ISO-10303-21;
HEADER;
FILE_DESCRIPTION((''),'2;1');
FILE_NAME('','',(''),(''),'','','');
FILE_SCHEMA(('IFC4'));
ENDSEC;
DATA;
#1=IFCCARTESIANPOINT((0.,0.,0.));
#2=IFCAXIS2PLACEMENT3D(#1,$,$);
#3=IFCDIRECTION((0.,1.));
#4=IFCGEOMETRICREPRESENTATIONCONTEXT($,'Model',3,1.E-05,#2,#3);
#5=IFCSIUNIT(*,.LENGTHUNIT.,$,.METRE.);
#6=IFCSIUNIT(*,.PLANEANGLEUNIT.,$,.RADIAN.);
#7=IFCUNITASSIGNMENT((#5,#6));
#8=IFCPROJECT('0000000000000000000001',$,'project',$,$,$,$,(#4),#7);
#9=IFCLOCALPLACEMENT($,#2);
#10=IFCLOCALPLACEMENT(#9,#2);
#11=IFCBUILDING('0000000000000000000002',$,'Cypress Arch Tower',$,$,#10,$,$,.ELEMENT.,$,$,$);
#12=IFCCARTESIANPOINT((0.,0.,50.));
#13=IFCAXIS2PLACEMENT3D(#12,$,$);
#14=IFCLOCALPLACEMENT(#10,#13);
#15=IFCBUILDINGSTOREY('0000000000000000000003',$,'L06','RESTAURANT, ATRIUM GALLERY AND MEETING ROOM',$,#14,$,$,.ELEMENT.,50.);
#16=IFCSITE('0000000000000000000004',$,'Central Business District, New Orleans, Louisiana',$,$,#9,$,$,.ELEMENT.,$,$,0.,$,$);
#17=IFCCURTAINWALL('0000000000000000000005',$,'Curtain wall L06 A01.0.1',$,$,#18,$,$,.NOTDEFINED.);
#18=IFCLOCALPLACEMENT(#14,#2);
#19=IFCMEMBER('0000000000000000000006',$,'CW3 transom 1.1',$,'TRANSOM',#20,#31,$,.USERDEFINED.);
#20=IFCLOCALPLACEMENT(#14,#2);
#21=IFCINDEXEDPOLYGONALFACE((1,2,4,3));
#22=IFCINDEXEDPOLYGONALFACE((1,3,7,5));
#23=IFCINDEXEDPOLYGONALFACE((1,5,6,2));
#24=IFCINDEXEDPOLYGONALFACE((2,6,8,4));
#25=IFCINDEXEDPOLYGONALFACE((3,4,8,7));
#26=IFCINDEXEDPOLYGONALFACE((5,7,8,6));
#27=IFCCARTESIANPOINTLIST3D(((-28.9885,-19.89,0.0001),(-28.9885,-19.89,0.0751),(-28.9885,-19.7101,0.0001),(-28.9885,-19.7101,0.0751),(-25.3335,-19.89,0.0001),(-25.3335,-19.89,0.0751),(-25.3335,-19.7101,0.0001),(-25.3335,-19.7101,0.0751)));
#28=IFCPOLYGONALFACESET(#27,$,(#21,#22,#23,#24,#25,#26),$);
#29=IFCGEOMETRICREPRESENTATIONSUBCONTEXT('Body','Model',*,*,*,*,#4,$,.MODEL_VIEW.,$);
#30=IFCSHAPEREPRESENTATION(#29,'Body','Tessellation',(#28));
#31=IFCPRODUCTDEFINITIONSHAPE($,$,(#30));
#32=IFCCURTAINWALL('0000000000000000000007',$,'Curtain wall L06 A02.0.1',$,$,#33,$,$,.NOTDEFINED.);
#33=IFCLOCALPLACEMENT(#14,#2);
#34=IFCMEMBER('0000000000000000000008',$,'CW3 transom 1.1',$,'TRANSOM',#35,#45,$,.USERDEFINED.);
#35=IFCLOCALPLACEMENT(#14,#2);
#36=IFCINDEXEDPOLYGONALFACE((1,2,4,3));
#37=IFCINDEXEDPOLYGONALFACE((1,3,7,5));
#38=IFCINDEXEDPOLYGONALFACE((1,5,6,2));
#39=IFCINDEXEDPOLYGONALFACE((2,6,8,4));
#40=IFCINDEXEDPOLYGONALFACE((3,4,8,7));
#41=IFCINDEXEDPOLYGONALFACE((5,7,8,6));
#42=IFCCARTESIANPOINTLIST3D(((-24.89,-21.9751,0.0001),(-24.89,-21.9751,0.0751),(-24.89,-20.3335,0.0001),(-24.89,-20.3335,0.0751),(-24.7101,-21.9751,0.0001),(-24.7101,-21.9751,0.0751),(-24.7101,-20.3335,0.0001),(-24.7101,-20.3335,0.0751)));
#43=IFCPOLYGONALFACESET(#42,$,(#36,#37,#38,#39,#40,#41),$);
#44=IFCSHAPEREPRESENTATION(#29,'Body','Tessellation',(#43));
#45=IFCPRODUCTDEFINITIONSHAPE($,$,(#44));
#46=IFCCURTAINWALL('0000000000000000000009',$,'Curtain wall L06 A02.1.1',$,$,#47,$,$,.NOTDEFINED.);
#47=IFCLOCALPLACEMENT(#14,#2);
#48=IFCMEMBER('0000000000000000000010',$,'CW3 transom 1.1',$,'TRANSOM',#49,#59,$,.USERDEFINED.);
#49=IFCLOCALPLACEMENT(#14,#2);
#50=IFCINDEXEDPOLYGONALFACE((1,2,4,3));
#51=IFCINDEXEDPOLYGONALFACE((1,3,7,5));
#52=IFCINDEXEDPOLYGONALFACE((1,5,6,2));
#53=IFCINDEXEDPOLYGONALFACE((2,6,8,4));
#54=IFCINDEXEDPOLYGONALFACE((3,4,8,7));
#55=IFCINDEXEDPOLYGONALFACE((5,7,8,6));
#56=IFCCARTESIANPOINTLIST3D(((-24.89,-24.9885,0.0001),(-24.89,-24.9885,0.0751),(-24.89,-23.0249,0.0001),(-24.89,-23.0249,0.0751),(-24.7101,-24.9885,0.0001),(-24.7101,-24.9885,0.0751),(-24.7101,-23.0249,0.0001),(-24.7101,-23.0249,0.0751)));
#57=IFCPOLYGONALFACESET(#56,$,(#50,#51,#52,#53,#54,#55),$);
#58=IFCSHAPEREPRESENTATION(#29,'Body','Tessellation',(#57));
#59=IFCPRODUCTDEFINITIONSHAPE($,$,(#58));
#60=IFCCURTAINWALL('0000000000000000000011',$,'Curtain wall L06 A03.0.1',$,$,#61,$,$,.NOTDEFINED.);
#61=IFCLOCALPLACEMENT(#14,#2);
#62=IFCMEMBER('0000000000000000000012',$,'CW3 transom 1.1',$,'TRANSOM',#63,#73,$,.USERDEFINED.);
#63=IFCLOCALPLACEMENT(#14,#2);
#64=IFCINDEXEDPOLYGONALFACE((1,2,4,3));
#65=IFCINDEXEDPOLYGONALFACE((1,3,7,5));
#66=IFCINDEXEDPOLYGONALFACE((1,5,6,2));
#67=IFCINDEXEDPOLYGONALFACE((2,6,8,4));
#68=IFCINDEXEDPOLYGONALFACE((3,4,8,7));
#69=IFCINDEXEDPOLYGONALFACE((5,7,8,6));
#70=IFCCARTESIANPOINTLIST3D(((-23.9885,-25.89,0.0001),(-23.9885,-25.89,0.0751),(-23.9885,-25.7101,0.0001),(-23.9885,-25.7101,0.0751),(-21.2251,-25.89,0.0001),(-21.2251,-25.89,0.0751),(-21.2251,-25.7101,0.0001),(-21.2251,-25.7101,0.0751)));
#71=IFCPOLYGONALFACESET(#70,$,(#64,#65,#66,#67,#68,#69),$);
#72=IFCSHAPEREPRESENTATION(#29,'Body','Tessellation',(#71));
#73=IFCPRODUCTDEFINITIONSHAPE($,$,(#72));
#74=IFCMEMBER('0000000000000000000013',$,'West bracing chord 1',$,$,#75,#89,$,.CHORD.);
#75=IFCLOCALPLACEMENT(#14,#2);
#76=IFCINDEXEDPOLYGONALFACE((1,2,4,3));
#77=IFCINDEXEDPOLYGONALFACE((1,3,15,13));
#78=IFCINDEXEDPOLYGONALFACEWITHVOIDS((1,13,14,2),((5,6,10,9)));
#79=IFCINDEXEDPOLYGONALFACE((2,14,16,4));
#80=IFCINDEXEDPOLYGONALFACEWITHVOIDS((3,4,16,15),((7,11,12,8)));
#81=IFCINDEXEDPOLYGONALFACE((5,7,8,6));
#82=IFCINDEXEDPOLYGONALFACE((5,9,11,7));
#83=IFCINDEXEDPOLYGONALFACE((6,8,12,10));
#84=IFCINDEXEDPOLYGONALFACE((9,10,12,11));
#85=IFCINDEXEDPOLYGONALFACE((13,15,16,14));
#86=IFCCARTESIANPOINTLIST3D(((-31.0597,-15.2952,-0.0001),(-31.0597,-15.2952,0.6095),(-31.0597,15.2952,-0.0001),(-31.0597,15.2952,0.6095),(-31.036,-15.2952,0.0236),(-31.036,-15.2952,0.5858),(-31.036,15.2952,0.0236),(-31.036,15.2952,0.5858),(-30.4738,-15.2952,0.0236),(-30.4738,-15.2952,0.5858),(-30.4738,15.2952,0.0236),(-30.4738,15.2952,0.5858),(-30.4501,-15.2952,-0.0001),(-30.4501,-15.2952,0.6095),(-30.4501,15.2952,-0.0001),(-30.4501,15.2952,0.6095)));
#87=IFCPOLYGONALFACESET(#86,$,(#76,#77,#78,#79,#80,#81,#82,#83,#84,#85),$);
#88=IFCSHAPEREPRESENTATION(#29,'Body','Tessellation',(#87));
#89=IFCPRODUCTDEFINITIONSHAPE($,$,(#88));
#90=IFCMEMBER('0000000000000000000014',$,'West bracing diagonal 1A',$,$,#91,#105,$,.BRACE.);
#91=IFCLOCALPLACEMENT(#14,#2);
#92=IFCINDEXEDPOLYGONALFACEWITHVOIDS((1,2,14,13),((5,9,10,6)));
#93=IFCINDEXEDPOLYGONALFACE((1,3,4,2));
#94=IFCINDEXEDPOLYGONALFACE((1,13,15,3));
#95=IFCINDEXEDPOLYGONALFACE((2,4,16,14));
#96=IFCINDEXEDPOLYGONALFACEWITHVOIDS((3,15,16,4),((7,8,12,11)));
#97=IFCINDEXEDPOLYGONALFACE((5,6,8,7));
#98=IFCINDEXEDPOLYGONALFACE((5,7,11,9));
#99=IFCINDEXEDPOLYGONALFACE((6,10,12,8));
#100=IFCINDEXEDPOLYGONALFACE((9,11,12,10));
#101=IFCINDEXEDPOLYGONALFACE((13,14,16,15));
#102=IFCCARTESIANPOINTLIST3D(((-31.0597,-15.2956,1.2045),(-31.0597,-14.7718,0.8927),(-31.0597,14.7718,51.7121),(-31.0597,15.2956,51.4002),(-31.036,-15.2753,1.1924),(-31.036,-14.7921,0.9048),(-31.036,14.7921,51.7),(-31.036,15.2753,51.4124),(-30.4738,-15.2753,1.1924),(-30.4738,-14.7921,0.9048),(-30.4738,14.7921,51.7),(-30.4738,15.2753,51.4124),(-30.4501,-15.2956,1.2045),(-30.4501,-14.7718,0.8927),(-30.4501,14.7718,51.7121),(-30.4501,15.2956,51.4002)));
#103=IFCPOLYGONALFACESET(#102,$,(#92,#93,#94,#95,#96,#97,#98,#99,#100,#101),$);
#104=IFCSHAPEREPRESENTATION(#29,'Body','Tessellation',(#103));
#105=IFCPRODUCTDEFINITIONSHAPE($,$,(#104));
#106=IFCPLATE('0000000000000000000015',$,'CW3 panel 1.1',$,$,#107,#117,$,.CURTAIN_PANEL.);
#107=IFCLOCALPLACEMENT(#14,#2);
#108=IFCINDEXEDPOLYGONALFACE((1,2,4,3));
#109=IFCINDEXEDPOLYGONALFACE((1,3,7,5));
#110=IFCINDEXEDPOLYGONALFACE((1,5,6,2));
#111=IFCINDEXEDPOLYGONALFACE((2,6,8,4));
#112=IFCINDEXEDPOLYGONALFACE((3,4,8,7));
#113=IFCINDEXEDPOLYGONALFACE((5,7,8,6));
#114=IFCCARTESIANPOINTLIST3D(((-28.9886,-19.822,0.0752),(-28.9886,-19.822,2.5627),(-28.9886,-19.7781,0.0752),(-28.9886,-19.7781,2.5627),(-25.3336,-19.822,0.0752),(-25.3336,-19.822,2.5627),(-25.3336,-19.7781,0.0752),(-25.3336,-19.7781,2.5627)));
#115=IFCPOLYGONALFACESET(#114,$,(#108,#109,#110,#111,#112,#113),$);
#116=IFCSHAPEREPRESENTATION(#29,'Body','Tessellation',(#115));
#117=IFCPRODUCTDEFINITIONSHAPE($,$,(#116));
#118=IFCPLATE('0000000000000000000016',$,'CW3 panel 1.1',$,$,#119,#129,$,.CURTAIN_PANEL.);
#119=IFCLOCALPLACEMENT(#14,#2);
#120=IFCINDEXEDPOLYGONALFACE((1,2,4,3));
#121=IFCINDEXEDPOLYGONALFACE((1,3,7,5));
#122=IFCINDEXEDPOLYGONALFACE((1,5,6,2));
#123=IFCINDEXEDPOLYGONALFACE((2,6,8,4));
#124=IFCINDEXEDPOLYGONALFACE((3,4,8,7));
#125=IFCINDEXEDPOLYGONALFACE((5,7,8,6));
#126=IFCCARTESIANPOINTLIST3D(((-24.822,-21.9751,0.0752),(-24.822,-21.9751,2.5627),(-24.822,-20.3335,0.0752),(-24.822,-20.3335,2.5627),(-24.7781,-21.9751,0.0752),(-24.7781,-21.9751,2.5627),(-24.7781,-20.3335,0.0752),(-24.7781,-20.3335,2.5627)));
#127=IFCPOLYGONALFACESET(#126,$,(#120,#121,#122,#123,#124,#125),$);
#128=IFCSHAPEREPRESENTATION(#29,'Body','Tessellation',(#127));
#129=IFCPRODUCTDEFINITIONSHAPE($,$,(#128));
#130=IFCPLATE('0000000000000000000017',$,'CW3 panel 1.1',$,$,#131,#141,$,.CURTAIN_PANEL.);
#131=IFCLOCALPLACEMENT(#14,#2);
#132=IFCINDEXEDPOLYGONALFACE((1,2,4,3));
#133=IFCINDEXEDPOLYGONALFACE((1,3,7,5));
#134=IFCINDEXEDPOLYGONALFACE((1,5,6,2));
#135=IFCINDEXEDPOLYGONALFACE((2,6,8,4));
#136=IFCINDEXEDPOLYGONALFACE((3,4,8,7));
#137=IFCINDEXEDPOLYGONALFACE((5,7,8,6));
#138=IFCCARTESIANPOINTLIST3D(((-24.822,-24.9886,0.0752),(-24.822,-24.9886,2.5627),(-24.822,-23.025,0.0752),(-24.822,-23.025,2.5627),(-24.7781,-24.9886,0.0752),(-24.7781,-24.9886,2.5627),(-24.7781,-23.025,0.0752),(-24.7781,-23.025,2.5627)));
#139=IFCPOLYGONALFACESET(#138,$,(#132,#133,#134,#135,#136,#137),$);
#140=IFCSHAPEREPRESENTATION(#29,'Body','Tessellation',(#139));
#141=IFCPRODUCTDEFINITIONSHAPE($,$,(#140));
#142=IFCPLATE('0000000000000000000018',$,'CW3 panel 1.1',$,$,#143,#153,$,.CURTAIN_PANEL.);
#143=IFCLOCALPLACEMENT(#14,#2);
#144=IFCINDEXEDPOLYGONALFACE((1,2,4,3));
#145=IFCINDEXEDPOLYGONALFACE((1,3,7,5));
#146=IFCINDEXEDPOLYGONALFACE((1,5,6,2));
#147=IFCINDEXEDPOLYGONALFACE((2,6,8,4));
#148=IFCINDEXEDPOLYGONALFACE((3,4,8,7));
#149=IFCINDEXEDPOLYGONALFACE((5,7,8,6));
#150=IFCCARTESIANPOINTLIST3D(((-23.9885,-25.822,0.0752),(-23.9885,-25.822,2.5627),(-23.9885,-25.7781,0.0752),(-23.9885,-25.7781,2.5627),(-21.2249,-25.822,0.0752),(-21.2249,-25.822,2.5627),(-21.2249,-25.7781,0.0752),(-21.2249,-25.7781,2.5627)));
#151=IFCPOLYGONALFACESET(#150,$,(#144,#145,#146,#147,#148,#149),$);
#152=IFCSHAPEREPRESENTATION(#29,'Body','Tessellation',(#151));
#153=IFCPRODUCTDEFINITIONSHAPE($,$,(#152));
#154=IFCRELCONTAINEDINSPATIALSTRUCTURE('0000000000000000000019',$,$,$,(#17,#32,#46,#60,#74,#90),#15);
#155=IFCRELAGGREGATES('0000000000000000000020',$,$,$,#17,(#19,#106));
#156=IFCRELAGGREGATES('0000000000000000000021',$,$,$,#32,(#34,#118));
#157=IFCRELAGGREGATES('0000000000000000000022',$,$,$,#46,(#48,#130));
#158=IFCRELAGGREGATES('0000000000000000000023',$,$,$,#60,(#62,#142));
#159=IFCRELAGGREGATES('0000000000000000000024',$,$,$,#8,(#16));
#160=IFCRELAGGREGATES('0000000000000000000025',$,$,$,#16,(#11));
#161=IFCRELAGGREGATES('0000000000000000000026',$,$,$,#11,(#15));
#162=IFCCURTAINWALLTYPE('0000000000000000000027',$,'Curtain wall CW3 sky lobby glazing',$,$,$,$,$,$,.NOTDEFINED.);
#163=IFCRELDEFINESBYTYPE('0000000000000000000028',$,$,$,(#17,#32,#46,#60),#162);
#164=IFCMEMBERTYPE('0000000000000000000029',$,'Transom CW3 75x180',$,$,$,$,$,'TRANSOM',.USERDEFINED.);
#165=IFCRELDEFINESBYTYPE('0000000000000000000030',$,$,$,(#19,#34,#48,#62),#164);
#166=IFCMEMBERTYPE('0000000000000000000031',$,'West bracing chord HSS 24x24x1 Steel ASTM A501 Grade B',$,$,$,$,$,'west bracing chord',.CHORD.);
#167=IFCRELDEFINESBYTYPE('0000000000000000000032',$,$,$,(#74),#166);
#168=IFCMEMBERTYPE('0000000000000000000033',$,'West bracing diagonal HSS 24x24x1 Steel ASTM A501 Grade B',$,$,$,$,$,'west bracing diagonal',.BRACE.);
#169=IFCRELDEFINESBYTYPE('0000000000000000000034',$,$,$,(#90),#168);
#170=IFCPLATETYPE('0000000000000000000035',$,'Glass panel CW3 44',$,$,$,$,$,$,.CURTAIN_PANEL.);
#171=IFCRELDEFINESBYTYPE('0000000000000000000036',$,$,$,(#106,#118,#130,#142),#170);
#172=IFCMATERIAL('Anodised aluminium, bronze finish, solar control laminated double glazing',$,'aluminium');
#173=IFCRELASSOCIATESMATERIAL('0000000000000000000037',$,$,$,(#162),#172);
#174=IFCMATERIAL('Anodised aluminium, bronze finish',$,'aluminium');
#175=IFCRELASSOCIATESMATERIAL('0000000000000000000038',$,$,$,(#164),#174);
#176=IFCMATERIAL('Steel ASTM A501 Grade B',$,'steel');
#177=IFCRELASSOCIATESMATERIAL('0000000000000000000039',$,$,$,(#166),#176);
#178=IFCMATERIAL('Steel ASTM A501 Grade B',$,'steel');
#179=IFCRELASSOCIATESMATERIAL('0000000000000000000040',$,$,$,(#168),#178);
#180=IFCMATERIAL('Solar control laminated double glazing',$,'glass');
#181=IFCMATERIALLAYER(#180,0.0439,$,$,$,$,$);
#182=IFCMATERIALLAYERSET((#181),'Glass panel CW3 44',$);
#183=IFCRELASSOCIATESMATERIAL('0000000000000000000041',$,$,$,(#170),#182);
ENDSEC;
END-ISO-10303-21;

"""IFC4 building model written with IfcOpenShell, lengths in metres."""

from ifc_helpers import new_model, si_unit, direction, frame, origin, origin_2d, place, context, subcontext, project, spatial, rectangle, hollow_rectangle, extrude, material, layer, layer_set, material_profile, profile_set, type_object, element, aggregate, save


model = new_model("IFC4")

# Units and contexts
model_context = context("Model", 3, precision=1e-05, world=origin(), true_north=direction((0.0, 1.0)))
body_context = subcontext(model_context, "Body", "Model", "MODEL_VIEW")
ifc_project = project(units=[si_unit("LENGTHUNIT", "METRE"), si_unit("PLANEANGLEUNIT", "RADIAN")], contexts=[model_context])

# Site, building, storey
site_placement = place(None, origin())
site = spatial("IfcSite", under=ifc_project, at=site_placement, Name="Central Business District, New Orleans, Louisiana", CompositionType="ELEMENT", RefElevation=0.0)
building_placement = place(site_placement, origin())
building = spatial("IfcBuilding", under=site, at=building_placement, Name="Cypress Arch Tower", CompositionType="ELEMENT")
storey_placement = place(building_placement, frame((0.0, 0.0, 50.0)))
storey = spatial("IfcBuildingStorey", under=building, at=storey_placement, Name="L06", Description="RESTAURANT, ATRIUM GALLERY AND MEETING ROOM", CompositionType="ELEMENT", Elevation=50.0)

# Curtain walls, members
ifc_material_1 = material(Name="Anodised aluminium, bronze finish, solar control laminated double glazing", Category="aluminium")
curtain_wall_type = type_object("IfcCurtainWallType", Name="Curtain wall CW3 sky lobby glazing", PredefinedType="NOTDEFINED", material=ifc_material_1)
curtain_wall_1_placement = place(storey_placement, origin())
curtain_wall_1 = element("IfcCurtainWall", 1, at=curtain_wall_1_placement, inside=storey, type_object=curtain_wall_type, Name="Curtain wall L06 A01.0.1", PredefinedType="NOTDEFINED")
ifc_material_2 = material(Name="Anodised aluminium, bronze finish", Category="aluminium")
ifc_material_profile_1 = material_profile(ifc_material_2, rectangle(XDim=0.1799, YDim=0.075, at=origin_2d()), Name="Transom 75x180")
ifc_profile_set_1 = profile_set([ifc_material_profile_1], Name="Anodised aluminium, bronze finish")
member_type_1 = type_object("IfcMemberType", Name="Transom CW3 75x180", ElementType="TRANSOM", PredefinedType="USERDEFINED", material=ifc_profile_set_1)
member_1_placement = place(storey_placement, frame((-28.9885, -19.8, 0.0376), z_axis=(1.0, 0.0, 0.0), x_axis=(0.0, 1.0, 0.0)))
member_1 = element("IfcMember", 2, at=member_1_placement, type_object=member_type_1, Name="CW3 transom 1.1", ObjectType="TRANSOM", PredefinedType="USERDEFINED", context=body_context, shape_type="SweptSolid", body=[
    extrude(rectangle(XDim=0.1799, YDim=0.075, at=origin_2d()), origin(), (0.0, 0.0, 1.0), 3.655),
])
curtain_wall_2_placement = place(storey_placement, origin())
curtain_wall_2 = element("IfcCurtainWall", 3, at=curtain_wall_2_placement, inside=storey, type_object=curtain_wall_type, Name="Curtain wall L06 A02.0.1", PredefinedType="NOTDEFINED")
member_2_placement = place(storey_placement, frame((-24.8, -20.3335, 0.0376), z_axis=(0.0, -1.0, 0.0), x_axis=(1.0, 0.0, 0.0)))
member_2 = element("IfcMember", 4, at=member_2_placement, type_object=member_type_1, Name="CW3 transom 1.1", ObjectType="TRANSOM", PredefinedType="USERDEFINED", context=body_context, shape_type="SweptSolid", body=[
    extrude(rectangle(XDim=0.1799, YDim=0.075, at=origin_2d()), origin(), (0.0, 0.0, 1.0), 1.6416),
])
curtain_wall_3_placement = place(storey_placement, origin())
curtain_wall_3 = element("IfcCurtainWall", 5, at=curtain_wall_3_placement, inside=storey, type_object=curtain_wall_type, Name="Curtain wall L06 A02.1.1", PredefinedType="NOTDEFINED")
member_3_placement = place(storey_placement, frame((-24.8, -23.0249, 0.0376), z_axis=(0.0, -1.0, 0.0), x_axis=(1.0, 0.0, 0.0)))
member_3 = element("IfcMember", 6, at=member_3_placement, type_object=member_type_1, Name="CW3 transom 1.1", ObjectType="TRANSOM", PredefinedType="USERDEFINED", context=body_context, shape_type="SweptSolid", body=[
    extrude(rectangle(XDim=0.1799, YDim=0.075, at=origin_2d()), origin(), (0.0, 0.0, 1.0), 1.9636),
])
curtain_wall_4_placement = place(storey_placement, origin())
curtain_wall_4 = element("IfcCurtainWall", 7, at=curtain_wall_4_placement, inside=storey, type_object=curtain_wall_type, Name="Curtain wall L06 A03.0.1", PredefinedType="NOTDEFINED")
member_4_placement = place(storey_placement, frame((-23.9885, -25.8, 0.0376), z_axis=(1.0, 0.0, 0.0), x_axis=(0.0, 1.0, 0.0)))
member_4 = element("IfcMember", 8, at=member_4_placement, type_object=member_type_1, Name="CW3 transom 1.1", ObjectType="TRANSOM", PredefinedType="USERDEFINED", context=body_context, shape_type="SweptSolid", body=[
    extrude(rectangle(XDim=0.1799, YDim=0.075, at=origin_2d()), origin(), (0.0, 0.0, 1.0), 2.7634),
])

# Members
ifc_material_3 = material(Name="Steel ASTM A501 Grade B", Category="steel")
ifc_material_profile_2 = material_profile(ifc_material_3, hollow_rectangle(XDim=0.6096, YDim=0.6096, WallThickness=0.0237, at=origin_2d()), Name="HSS 24x24x1")
ifc_profile_set_2 = profile_set([ifc_material_profile_2], Name="Steel ASTM A501 Grade B")
member_type_2 = type_object("IfcMemberType", Name="West bracing chord HSS 24x24x1 Steel ASTM A501 Grade B", ElementType="west bracing chord", PredefinedType="CHORD", material=ifc_profile_set_2)
member_5_placement = place(storey_placement, frame((-30.7549, -15.2952, 0.3047), z_axis=(0.0, 1.0, 0.0), x_axis=(-1.0, 0.0, 0.0)))
element("IfcMember", 9, at=member_5_placement, inside=storey, type_object=member_type_2, Name="West bracing chord 1", PredefinedType="CHORD", context=body_context, shape_type="SweptSolid", body=[
    extrude(hollow_rectangle(XDim=0.6096, YDim=0.6096, WallThickness=0.0237, at=origin_2d()), origin(), (0.0, 0.0, 1.0), 30.5903),
])
ifc_material_4 = material(Name="Steel ASTM A501 Grade B", Category="steel")
ifc_material_profile_3 = material_profile(ifc_material_4, hollow_rectangle(XDim=0.6096, YDim=0.6096, WallThickness=0.0237, at=origin_2d()), Name="HSS 24x24x1")
ifc_profile_set_3 = profile_set([ifc_material_profile_3], Name="Steel ASTM A501 Grade B")
member_type_3 = type_object("IfcMemberType", Name="West bracing diagonal HSS 24x24x1 Steel ASTM A501 Grade B", ElementType="west bracing diagonal", PredefinedType="BRACE", material=ifc_profile_set_3)
member_6_placement = place(storey_placement, frame((-30.7549, -15.0337, 1.0486), z_axis=(0.0, 0.511526, 0.859268), x_axis=(-1.0, 0.0, 0.0)))
element("IfcMember", 10, at=member_6_placement, inside=storey, type_object=member_type_3, Name="West bracing diagonal 1A", PredefinedType="BRACE", context=body_context, shape_type="SweptSolid", body=[
    extrude(hollow_rectangle(XDim=0.6096, YDim=0.6096, WallThickness=0.0237, at=origin_2d()), origin(), (0.0, 0.0, 1.0), 58.7798),
])

# Plates
ifc_material_5 = material(Name="Solar control laminated double glazing", Category="glass")
ifc_layer_1 = layer(ifc_material_5, 0.0439)
ifc_layer_set_1 = layer_set([ifc_layer_1], Name="Glass panel CW3 44")
plate_type = type_object("IfcPlateType", Name="Glass panel CW3 44", PredefinedType="CURTAIN_PANEL", material=ifc_layer_set_1)
plate_1_placement = place(storey_placement, frame((-27.1611, -19.8, 0.0752), z_axis=(0.0, 0.0, 1.0), x_axis=(1.0, 0.0, 0.0)))
plate_1 = element("IfcPlate", 11, at=plate_1_placement, type_object=plate_type, Name="CW3 panel 1.1", PredefinedType="CURTAIN_PANEL", context=body_context, shape_type="SweptSolid", body=[
    extrude(rectangle(XDim=3.655, YDim=0.0439, at=origin_2d()), origin(), (0.0, 0.0, 1.0), 2.4875),
])
aggregate(curtain_wall_1, [member_1, plate_1])
plate_2_placement = place(storey_placement, frame((-24.8, -21.1543, 0.0752), z_axis=(0.0, 0.0, 1.0), x_axis=(0.0, -1.0, 0.0)))
plate_2 = element("IfcPlate", 12, at=plate_2_placement, type_object=plate_type, Name="CW3 panel 1.1", PredefinedType="CURTAIN_PANEL", context=body_context, shape_type="SweptSolid", body=[
    extrude(rectangle(XDim=1.6416, YDim=0.0439, at=origin_2d()), origin(), (0.0, 0.0, 1.0), 2.4875),
])
aggregate(curtain_wall_2, [member_2, plate_2])
plate_3_placement = place(storey_placement, frame((-24.8, -24.0068, 0.0752), z_axis=(0.0, 0.0, 1.0), x_axis=(0.0, -1.0, 0.0)))
plate_3 = element("IfcPlate", 13, at=plate_3_placement, type_object=plate_type, Name="CW3 panel 1.1", PredefinedType="CURTAIN_PANEL", context=body_context, shape_type="SweptSolid", body=[
    extrude(rectangle(XDim=1.9636, YDim=0.0439, at=origin_2d()), origin(), (0.0, 0.0, 1.0), 2.4875),
])
aggregate(curtain_wall_3, [member_3, plate_3])
plate_4_placement = place(storey_placement, frame((-22.6067, -25.8, 0.0752), z_axis=(0.0, 0.0, 1.0), x_axis=(1.0, 0.0, 0.0)))
plate_4 = element("IfcPlate", 14, at=plate_4_placement, type_object=plate_type, Name="CW3 panel 1.1", PredefinedType="CURTAIN_PANEL", context=body_context, shape_type="SweptSolid", body=[
    extrude(rectangle(XDim=2.7637, YDim=0.0439, at=origin_2d()), origin(), (0.0, 0.0, 1.0), 2.4875),
])
aggregate(curtain_wall_4, [member_4, plate_4])

save(model, "model.ifc")
